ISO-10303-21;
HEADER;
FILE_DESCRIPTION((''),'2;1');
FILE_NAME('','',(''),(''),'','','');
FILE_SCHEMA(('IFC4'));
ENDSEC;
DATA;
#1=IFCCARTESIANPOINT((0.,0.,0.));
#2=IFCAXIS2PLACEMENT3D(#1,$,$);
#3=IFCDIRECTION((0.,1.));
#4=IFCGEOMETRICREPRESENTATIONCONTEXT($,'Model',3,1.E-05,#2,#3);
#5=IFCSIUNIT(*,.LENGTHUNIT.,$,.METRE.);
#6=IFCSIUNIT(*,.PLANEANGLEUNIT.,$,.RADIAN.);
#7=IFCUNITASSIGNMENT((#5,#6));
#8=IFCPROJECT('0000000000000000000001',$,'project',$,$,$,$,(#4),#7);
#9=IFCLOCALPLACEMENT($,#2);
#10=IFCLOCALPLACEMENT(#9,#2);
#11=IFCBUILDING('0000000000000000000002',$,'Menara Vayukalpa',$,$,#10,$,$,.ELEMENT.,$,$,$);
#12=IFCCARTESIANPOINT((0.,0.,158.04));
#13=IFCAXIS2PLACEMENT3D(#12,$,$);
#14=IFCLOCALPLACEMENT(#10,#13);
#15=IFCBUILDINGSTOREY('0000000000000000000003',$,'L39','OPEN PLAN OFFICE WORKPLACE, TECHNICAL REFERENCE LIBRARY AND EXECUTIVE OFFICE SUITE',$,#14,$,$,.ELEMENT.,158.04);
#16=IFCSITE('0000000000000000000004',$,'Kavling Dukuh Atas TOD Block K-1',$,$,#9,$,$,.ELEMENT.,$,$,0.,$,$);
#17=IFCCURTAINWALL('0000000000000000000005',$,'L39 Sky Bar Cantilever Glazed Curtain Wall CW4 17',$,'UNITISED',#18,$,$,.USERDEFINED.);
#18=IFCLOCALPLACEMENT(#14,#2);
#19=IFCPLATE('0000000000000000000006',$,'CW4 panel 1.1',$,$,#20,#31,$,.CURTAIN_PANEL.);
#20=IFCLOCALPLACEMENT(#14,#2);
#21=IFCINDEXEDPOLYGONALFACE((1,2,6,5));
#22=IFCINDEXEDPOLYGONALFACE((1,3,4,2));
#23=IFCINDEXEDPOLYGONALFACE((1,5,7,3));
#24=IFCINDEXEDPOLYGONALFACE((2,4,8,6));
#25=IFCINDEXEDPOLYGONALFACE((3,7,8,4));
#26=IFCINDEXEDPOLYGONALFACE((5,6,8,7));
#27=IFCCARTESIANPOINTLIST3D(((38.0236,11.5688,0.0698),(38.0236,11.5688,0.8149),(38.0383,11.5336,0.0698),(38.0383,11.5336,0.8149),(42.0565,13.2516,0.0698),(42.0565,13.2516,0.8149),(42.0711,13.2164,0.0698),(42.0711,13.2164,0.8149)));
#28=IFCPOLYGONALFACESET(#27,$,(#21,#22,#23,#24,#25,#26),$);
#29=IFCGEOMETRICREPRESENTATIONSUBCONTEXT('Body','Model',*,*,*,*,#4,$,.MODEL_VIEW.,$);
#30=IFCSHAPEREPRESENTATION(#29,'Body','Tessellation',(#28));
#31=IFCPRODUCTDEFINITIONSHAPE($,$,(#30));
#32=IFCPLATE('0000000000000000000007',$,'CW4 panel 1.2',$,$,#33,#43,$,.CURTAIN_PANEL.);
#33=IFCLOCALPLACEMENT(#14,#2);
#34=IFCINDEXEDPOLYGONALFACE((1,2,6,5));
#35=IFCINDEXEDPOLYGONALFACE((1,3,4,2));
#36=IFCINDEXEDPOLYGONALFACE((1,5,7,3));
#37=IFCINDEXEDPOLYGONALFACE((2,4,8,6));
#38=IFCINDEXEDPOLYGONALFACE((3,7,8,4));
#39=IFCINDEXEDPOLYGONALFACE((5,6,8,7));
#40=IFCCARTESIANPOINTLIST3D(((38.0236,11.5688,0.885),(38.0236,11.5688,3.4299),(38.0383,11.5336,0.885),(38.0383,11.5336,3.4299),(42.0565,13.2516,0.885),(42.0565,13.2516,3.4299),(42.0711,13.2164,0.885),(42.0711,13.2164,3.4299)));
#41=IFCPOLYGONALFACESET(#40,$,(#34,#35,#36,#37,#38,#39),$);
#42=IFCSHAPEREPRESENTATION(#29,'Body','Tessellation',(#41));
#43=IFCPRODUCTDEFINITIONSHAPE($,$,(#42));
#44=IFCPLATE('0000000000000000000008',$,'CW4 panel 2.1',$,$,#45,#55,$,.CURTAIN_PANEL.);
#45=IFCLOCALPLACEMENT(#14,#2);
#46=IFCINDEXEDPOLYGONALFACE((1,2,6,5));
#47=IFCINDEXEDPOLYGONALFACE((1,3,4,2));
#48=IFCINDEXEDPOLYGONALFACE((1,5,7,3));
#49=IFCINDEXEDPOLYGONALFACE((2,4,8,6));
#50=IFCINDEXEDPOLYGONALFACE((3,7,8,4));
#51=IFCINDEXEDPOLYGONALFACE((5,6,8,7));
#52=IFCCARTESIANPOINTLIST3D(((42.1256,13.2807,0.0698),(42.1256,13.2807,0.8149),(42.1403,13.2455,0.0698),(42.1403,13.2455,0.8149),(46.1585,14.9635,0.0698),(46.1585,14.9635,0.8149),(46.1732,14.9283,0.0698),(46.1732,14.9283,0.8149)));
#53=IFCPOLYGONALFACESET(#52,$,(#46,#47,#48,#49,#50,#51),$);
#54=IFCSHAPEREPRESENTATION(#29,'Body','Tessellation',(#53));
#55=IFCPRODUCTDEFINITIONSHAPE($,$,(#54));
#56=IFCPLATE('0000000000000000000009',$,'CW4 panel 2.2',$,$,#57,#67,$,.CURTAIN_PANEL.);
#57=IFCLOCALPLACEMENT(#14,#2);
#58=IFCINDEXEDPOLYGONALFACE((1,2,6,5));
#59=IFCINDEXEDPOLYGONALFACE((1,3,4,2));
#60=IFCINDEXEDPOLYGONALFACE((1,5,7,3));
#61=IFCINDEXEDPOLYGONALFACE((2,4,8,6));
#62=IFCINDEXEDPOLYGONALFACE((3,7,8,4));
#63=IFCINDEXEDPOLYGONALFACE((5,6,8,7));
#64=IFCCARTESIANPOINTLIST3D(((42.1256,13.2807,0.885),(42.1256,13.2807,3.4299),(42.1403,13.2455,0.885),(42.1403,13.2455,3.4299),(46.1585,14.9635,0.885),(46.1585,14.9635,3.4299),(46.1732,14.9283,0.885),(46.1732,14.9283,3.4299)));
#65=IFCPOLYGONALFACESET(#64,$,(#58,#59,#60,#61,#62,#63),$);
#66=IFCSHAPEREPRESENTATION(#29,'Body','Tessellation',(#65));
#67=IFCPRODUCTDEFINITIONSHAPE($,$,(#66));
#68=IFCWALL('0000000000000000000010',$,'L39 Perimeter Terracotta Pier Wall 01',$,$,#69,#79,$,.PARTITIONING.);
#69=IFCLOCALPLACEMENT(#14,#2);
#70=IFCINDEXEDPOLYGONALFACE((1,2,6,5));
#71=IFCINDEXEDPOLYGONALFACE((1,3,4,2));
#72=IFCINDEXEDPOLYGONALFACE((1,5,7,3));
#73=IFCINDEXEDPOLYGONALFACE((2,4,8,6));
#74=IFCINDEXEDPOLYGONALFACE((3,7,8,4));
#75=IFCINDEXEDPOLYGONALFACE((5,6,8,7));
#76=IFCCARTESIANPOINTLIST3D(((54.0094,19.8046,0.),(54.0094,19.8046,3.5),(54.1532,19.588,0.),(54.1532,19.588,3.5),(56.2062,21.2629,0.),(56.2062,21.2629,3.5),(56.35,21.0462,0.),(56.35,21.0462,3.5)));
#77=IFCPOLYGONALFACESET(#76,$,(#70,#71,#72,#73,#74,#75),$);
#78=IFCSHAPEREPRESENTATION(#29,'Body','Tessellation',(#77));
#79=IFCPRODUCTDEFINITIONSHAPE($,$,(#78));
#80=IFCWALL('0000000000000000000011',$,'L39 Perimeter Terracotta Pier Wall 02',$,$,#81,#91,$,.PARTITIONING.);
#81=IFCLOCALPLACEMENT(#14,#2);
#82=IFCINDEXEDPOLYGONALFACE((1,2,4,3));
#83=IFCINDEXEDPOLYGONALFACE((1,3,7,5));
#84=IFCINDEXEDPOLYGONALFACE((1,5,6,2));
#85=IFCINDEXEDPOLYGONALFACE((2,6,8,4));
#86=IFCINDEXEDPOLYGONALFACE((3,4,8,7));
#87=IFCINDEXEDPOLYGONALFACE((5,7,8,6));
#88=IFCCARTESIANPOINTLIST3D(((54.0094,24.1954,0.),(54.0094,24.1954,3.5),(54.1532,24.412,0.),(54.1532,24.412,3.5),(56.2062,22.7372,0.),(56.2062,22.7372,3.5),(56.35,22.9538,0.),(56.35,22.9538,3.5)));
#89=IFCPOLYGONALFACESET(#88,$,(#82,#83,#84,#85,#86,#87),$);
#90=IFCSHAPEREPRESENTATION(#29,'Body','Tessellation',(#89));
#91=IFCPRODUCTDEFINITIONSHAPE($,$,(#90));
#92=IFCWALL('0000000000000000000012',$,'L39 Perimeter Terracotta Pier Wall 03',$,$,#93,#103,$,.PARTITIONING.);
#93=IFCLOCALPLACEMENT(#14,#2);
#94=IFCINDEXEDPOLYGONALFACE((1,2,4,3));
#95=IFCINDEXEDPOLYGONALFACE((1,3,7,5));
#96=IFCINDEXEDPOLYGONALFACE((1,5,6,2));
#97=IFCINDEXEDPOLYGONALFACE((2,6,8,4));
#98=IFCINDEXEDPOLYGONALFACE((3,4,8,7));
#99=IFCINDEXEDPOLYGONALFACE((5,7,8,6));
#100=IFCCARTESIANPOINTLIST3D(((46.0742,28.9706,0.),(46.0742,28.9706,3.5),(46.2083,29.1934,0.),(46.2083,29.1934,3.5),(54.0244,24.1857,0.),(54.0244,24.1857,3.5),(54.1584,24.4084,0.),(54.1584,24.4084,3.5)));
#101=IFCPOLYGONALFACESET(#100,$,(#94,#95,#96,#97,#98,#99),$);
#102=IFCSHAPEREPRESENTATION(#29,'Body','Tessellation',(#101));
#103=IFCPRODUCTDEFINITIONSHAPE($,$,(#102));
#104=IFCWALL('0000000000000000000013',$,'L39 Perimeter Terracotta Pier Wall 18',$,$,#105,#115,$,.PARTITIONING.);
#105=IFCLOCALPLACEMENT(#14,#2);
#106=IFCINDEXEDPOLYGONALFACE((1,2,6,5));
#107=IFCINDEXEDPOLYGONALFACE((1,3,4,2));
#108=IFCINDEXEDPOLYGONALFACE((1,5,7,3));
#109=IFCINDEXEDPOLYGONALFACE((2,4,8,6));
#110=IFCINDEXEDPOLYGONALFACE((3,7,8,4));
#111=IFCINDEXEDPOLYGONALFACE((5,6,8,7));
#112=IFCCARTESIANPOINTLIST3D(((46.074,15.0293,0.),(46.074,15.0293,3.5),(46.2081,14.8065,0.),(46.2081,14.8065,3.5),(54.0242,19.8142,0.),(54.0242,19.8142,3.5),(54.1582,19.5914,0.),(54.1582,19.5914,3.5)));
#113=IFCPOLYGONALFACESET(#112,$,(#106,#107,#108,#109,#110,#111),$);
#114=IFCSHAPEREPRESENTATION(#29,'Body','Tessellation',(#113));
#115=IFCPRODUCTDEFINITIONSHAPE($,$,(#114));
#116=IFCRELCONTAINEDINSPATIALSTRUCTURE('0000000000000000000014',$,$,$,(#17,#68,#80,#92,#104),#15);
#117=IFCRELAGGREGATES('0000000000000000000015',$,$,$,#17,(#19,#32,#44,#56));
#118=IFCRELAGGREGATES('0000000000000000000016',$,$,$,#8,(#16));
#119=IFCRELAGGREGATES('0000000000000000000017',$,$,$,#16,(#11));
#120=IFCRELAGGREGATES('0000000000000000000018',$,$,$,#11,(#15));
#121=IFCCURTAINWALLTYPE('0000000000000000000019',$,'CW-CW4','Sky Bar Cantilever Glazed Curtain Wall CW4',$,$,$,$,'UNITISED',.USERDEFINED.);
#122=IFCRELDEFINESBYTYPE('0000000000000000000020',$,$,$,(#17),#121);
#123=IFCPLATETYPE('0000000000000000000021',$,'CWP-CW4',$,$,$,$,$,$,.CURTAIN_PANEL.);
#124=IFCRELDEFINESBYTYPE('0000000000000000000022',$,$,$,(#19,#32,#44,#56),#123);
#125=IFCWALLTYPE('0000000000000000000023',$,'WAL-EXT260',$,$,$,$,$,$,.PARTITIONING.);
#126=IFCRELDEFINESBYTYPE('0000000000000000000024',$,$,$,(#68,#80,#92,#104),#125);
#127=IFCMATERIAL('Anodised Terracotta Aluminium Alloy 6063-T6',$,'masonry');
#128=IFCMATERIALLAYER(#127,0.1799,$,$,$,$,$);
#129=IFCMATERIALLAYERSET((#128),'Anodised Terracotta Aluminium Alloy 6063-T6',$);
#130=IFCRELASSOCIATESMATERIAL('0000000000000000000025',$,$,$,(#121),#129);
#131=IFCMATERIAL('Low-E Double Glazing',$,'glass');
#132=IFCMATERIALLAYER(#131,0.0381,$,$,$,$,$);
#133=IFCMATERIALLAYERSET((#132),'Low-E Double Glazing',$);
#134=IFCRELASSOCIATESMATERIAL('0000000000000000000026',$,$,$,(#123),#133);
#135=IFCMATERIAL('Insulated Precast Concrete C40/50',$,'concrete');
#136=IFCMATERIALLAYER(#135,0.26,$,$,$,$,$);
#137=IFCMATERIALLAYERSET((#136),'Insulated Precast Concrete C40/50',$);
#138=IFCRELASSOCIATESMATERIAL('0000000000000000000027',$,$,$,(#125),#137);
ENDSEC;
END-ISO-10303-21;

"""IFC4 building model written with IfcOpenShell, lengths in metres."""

from ifc_helpers import new_model, si_unit, direction, frame, frame_2d, origin, origin_2d, place, context, subcontext, project, spatial, rectangle, extrude, material, layer, layer_set, type_object, element, aggregate, save


model = new_model("IFC4")

# Units and contexts
model_context = context("Model", 3, precision=1e-05, world=origin(), true_north=direction((0.0, 1.0)))
body_context = subcontext(model_context, "Body", "Model", "MODEL_VIEW")
ifc_project = project(units=[si_unit("LENGTHUNIT", "METRE"), si_unit("PLANEANGLEUNIT", "RADIAN")], contexts=[model_context])

# Site, building, storey
site_placement = place(None, origin())
site = spatial("IfcSite", under=ifc_project, at=site_placement, Name="Kavling Dukuh Atas TOD Block K-1", CompositionType="ELEMENT", RefElevation=0.0)
building_placement = place(site_placement, origin())
building = spatial("IfcBuilding", under=site, at=building_placement, Name="Menara Vayukalpa", CompositionType="ELEMENT")
storey_placement = place(building_placement, frame((0.0, 0.0, 158.04)))
storey = spatial("IfcBuildingStorey", under=building, at=storey_placement, Name="L39", Description="OPEN PLAN OFFICE WORKPLACE, TECHNICAL REFERENCE LIBRARY AND EXECUTIVE OFFICE SUITE", CompositionType="ELEMENT", Elevation=158.04)

# Curtain wall
ifc_material_1 = material(Name="Anodised Terracotta Aluminium Alloy 6063-T6", Category="masonry")
ifc_layer_1 = layer(ifc_material_1, 0.1799)
ifc_layer_set_1 = layer_set([ifc_layer_1], Name="Anodised Terracotta Aluminium Alloy 6063-T6")
curtain_wall_type = type_object("IfcCurtainWallType", Name="CW-CW4", Description="Sky Bar Cantilever Glazed Curtain Wall CW4", ElementType="UNITISED", PredefinedType="USERDEFINED", material=ifc_layer_set_1)
curtain_wall_1_placement = place(storey_placement, origin())
curtain_wall_1 = element("IfcCurtainWall", 1, at=curtain_wall_1_placement, inside=storey, type_object=curtain_wall_type, Name="L39 Sky Bar Cantilever Glazed Curtain Wall CW4 17", ObjectType="UNITISED", PredefinedType="USERDEFINED")

# Plates
ifc_material_2 = material(Name="Low-E Double Glazing", Category="glass")
ifc_layer_2 = layer(ifc_material_2, 0.0381)
ifc_layer_set_2 = layer_set([ifc_layer_2], Name="Low-E Double Glazing")
plate_type = type_object("IfcPlateType", Name="CWP-CW4", PredefinedType="CURTAIN_PANEL", material=ifc_layer_set_2)
plate_1_placement = place(storey_placement, frame((40.0474, 12.3926, 0.0698), z_axis=(0.0, 0.0, 1.0), x_axis=(0.922878, 0.385091, 0.0)))
plate_1 = element("IfcPlate", 2, at=plate_1_placement, type_object=plate_type, Name="CW4 panel 1.1", PredefinedType="CURTAIN_PANEL", context=body_context, shape_type="SweptSolid", body=[
    extrude(rectangle(XDim=4.3699, YDim=0.0381, at=origin_2d()), origin(), (0.0, 0.0, 1.0), 0.7451),
])
plate_2_placement = place(storey_placement, frame((40.0474, 12.3926, 0.885), z_axis=(0.0, 0.0, 1.0), x_axis=(0.922878, 0.385091, 0.0)))
plate_2 = element("IfcPlate", 3, at=plate_2_placement, type_object=plate_type, Name="CW4 panel 1.2", PredefinedType="CURTAIN_PANEL", context=body_context, shape_type="SweptSolid", body=[
    extrude(rectangle(XDim=4.3699, YDim=0.0381, at=origin_2d()), origin(), (0.0, 0.0, 1.0), 2.5449),
])
plate_3_placement = place(storey_placement, frame((44.1494, 14.1045, 0.0698), z_axis=(0.0, 0.0, 1.0), x_axis=(0.922878, 0.385091, 0.0)))
plate_3 = element("IfcPlate", 4, at=plate_3_placement, type_object=plate_type, Name="CW4 panel 2.1", PredefinedType="CURTAIN_PANEL", context=body_context, shape_type="SweptSolid", body=[
    extrude(rectangle(XDim=4.3699, YDim=0.0381, at=origin_2d()), origin(), (0.0, 0.0, 1.0), 0.7451),
])
plate_4_placement = place(storey_placement, frame((44.1494, 14.1045, 0.885), z_axis=(0.0, 0.0, 1.0), x_axis=(0.922878, 0.385091, 0.0)))
plate_4 = element("IfcPlate", 5, at=plate_4_placement, type_object=plate_type, Name="CW4 panel 2.2", PredefinedType="CURTAIN_PANEL", context=body_context, shape_type="SweptSolid", body=[
    extrude(rectangle(XDim=4.3699, YDim=0.0381, at=origin_2d()), origin(), (0.0, 0.0, 1.0), 2.5449),
])
aggregate(curtain_wall_1, [plate_1, plate_2, plate_3, plate_4])

# Walls
ifc_material_3 = material(Name="Insulated Precast Concrete C40/50", Category="concrete")
ifc_layer_3 = layer(ifc_material_3, 0.26)
ifc_layer_set_3 = layer_set([ifc_layer_3], Name="Insulated Precast Concrete C40/50")
wall_type = type_object("IfcWallType", Name="WAL-EXT260", PredefinedType="PARTITIONING", material=ifc_layer_set_3)
for number, where, z_axis, x_axis, name in (
    (6, (56.2781, 21.1545, 0.0), (0.0, 0.0, 1.0), (-0.833146, -0.553054, 0.0), "L39 Perimeter Terracotta Pier Wall 01"),
    (7, (54.0813, 24.3037, 0.0), (0.0, 0.0, 1.0), (0.833146, -0.553054, 0.0), "L39 Perimeter Terracotta Pier Wall 02"),
):
    element("IfcWall", number, at=place(storey_placement, frame(where, z_axis=z_axis, x_axis=x_axis)), inside=storey, type_object=wall_type, Name=name, PredefinedType="PARTITIONING", context=body_context, shape_type="SweptSolid", body=[
        extrude(rectangle(XDim=2.6367, YDim=0.26, at=frame_2d((1.3184, 0.0))), origin(), (0.0, 0.0, 1.0), 3.5),
    ])
for number, where, z_axis, x_axis, name in (
    (8, (46.1411, 29.082, 0.0), (0.0, 0.0, 1.0), (0.856789, -0.515668, 0.0), "L39 Perimeter Terracotta Pier Wall 03"),
    (9, (54.0913, 19.7029, 0.0), (0.0, 0.0, 1.0), (-0.856789, -0.515668, 0.0), "L39 Perimeter Terracotta Pier Wall 18"),
):
    element("IfcWall", number, at=place(storey_placement, frame(where, z_axis=z_axis, x_axis=x_axis)), inside=storey, type_object=wall_type, Name=name, PredefinedType="PARTITIONING", context=body_context, shape_type="SweptSolid", body=[
        extrude(rectangle(XDim=9.2791, YDim=0.26, at=frame_2d((4.6396, 0.0))), origin(), (0.0, 0.0, 1.0), 3.5),
    ])

save(model, "model.ifc")
